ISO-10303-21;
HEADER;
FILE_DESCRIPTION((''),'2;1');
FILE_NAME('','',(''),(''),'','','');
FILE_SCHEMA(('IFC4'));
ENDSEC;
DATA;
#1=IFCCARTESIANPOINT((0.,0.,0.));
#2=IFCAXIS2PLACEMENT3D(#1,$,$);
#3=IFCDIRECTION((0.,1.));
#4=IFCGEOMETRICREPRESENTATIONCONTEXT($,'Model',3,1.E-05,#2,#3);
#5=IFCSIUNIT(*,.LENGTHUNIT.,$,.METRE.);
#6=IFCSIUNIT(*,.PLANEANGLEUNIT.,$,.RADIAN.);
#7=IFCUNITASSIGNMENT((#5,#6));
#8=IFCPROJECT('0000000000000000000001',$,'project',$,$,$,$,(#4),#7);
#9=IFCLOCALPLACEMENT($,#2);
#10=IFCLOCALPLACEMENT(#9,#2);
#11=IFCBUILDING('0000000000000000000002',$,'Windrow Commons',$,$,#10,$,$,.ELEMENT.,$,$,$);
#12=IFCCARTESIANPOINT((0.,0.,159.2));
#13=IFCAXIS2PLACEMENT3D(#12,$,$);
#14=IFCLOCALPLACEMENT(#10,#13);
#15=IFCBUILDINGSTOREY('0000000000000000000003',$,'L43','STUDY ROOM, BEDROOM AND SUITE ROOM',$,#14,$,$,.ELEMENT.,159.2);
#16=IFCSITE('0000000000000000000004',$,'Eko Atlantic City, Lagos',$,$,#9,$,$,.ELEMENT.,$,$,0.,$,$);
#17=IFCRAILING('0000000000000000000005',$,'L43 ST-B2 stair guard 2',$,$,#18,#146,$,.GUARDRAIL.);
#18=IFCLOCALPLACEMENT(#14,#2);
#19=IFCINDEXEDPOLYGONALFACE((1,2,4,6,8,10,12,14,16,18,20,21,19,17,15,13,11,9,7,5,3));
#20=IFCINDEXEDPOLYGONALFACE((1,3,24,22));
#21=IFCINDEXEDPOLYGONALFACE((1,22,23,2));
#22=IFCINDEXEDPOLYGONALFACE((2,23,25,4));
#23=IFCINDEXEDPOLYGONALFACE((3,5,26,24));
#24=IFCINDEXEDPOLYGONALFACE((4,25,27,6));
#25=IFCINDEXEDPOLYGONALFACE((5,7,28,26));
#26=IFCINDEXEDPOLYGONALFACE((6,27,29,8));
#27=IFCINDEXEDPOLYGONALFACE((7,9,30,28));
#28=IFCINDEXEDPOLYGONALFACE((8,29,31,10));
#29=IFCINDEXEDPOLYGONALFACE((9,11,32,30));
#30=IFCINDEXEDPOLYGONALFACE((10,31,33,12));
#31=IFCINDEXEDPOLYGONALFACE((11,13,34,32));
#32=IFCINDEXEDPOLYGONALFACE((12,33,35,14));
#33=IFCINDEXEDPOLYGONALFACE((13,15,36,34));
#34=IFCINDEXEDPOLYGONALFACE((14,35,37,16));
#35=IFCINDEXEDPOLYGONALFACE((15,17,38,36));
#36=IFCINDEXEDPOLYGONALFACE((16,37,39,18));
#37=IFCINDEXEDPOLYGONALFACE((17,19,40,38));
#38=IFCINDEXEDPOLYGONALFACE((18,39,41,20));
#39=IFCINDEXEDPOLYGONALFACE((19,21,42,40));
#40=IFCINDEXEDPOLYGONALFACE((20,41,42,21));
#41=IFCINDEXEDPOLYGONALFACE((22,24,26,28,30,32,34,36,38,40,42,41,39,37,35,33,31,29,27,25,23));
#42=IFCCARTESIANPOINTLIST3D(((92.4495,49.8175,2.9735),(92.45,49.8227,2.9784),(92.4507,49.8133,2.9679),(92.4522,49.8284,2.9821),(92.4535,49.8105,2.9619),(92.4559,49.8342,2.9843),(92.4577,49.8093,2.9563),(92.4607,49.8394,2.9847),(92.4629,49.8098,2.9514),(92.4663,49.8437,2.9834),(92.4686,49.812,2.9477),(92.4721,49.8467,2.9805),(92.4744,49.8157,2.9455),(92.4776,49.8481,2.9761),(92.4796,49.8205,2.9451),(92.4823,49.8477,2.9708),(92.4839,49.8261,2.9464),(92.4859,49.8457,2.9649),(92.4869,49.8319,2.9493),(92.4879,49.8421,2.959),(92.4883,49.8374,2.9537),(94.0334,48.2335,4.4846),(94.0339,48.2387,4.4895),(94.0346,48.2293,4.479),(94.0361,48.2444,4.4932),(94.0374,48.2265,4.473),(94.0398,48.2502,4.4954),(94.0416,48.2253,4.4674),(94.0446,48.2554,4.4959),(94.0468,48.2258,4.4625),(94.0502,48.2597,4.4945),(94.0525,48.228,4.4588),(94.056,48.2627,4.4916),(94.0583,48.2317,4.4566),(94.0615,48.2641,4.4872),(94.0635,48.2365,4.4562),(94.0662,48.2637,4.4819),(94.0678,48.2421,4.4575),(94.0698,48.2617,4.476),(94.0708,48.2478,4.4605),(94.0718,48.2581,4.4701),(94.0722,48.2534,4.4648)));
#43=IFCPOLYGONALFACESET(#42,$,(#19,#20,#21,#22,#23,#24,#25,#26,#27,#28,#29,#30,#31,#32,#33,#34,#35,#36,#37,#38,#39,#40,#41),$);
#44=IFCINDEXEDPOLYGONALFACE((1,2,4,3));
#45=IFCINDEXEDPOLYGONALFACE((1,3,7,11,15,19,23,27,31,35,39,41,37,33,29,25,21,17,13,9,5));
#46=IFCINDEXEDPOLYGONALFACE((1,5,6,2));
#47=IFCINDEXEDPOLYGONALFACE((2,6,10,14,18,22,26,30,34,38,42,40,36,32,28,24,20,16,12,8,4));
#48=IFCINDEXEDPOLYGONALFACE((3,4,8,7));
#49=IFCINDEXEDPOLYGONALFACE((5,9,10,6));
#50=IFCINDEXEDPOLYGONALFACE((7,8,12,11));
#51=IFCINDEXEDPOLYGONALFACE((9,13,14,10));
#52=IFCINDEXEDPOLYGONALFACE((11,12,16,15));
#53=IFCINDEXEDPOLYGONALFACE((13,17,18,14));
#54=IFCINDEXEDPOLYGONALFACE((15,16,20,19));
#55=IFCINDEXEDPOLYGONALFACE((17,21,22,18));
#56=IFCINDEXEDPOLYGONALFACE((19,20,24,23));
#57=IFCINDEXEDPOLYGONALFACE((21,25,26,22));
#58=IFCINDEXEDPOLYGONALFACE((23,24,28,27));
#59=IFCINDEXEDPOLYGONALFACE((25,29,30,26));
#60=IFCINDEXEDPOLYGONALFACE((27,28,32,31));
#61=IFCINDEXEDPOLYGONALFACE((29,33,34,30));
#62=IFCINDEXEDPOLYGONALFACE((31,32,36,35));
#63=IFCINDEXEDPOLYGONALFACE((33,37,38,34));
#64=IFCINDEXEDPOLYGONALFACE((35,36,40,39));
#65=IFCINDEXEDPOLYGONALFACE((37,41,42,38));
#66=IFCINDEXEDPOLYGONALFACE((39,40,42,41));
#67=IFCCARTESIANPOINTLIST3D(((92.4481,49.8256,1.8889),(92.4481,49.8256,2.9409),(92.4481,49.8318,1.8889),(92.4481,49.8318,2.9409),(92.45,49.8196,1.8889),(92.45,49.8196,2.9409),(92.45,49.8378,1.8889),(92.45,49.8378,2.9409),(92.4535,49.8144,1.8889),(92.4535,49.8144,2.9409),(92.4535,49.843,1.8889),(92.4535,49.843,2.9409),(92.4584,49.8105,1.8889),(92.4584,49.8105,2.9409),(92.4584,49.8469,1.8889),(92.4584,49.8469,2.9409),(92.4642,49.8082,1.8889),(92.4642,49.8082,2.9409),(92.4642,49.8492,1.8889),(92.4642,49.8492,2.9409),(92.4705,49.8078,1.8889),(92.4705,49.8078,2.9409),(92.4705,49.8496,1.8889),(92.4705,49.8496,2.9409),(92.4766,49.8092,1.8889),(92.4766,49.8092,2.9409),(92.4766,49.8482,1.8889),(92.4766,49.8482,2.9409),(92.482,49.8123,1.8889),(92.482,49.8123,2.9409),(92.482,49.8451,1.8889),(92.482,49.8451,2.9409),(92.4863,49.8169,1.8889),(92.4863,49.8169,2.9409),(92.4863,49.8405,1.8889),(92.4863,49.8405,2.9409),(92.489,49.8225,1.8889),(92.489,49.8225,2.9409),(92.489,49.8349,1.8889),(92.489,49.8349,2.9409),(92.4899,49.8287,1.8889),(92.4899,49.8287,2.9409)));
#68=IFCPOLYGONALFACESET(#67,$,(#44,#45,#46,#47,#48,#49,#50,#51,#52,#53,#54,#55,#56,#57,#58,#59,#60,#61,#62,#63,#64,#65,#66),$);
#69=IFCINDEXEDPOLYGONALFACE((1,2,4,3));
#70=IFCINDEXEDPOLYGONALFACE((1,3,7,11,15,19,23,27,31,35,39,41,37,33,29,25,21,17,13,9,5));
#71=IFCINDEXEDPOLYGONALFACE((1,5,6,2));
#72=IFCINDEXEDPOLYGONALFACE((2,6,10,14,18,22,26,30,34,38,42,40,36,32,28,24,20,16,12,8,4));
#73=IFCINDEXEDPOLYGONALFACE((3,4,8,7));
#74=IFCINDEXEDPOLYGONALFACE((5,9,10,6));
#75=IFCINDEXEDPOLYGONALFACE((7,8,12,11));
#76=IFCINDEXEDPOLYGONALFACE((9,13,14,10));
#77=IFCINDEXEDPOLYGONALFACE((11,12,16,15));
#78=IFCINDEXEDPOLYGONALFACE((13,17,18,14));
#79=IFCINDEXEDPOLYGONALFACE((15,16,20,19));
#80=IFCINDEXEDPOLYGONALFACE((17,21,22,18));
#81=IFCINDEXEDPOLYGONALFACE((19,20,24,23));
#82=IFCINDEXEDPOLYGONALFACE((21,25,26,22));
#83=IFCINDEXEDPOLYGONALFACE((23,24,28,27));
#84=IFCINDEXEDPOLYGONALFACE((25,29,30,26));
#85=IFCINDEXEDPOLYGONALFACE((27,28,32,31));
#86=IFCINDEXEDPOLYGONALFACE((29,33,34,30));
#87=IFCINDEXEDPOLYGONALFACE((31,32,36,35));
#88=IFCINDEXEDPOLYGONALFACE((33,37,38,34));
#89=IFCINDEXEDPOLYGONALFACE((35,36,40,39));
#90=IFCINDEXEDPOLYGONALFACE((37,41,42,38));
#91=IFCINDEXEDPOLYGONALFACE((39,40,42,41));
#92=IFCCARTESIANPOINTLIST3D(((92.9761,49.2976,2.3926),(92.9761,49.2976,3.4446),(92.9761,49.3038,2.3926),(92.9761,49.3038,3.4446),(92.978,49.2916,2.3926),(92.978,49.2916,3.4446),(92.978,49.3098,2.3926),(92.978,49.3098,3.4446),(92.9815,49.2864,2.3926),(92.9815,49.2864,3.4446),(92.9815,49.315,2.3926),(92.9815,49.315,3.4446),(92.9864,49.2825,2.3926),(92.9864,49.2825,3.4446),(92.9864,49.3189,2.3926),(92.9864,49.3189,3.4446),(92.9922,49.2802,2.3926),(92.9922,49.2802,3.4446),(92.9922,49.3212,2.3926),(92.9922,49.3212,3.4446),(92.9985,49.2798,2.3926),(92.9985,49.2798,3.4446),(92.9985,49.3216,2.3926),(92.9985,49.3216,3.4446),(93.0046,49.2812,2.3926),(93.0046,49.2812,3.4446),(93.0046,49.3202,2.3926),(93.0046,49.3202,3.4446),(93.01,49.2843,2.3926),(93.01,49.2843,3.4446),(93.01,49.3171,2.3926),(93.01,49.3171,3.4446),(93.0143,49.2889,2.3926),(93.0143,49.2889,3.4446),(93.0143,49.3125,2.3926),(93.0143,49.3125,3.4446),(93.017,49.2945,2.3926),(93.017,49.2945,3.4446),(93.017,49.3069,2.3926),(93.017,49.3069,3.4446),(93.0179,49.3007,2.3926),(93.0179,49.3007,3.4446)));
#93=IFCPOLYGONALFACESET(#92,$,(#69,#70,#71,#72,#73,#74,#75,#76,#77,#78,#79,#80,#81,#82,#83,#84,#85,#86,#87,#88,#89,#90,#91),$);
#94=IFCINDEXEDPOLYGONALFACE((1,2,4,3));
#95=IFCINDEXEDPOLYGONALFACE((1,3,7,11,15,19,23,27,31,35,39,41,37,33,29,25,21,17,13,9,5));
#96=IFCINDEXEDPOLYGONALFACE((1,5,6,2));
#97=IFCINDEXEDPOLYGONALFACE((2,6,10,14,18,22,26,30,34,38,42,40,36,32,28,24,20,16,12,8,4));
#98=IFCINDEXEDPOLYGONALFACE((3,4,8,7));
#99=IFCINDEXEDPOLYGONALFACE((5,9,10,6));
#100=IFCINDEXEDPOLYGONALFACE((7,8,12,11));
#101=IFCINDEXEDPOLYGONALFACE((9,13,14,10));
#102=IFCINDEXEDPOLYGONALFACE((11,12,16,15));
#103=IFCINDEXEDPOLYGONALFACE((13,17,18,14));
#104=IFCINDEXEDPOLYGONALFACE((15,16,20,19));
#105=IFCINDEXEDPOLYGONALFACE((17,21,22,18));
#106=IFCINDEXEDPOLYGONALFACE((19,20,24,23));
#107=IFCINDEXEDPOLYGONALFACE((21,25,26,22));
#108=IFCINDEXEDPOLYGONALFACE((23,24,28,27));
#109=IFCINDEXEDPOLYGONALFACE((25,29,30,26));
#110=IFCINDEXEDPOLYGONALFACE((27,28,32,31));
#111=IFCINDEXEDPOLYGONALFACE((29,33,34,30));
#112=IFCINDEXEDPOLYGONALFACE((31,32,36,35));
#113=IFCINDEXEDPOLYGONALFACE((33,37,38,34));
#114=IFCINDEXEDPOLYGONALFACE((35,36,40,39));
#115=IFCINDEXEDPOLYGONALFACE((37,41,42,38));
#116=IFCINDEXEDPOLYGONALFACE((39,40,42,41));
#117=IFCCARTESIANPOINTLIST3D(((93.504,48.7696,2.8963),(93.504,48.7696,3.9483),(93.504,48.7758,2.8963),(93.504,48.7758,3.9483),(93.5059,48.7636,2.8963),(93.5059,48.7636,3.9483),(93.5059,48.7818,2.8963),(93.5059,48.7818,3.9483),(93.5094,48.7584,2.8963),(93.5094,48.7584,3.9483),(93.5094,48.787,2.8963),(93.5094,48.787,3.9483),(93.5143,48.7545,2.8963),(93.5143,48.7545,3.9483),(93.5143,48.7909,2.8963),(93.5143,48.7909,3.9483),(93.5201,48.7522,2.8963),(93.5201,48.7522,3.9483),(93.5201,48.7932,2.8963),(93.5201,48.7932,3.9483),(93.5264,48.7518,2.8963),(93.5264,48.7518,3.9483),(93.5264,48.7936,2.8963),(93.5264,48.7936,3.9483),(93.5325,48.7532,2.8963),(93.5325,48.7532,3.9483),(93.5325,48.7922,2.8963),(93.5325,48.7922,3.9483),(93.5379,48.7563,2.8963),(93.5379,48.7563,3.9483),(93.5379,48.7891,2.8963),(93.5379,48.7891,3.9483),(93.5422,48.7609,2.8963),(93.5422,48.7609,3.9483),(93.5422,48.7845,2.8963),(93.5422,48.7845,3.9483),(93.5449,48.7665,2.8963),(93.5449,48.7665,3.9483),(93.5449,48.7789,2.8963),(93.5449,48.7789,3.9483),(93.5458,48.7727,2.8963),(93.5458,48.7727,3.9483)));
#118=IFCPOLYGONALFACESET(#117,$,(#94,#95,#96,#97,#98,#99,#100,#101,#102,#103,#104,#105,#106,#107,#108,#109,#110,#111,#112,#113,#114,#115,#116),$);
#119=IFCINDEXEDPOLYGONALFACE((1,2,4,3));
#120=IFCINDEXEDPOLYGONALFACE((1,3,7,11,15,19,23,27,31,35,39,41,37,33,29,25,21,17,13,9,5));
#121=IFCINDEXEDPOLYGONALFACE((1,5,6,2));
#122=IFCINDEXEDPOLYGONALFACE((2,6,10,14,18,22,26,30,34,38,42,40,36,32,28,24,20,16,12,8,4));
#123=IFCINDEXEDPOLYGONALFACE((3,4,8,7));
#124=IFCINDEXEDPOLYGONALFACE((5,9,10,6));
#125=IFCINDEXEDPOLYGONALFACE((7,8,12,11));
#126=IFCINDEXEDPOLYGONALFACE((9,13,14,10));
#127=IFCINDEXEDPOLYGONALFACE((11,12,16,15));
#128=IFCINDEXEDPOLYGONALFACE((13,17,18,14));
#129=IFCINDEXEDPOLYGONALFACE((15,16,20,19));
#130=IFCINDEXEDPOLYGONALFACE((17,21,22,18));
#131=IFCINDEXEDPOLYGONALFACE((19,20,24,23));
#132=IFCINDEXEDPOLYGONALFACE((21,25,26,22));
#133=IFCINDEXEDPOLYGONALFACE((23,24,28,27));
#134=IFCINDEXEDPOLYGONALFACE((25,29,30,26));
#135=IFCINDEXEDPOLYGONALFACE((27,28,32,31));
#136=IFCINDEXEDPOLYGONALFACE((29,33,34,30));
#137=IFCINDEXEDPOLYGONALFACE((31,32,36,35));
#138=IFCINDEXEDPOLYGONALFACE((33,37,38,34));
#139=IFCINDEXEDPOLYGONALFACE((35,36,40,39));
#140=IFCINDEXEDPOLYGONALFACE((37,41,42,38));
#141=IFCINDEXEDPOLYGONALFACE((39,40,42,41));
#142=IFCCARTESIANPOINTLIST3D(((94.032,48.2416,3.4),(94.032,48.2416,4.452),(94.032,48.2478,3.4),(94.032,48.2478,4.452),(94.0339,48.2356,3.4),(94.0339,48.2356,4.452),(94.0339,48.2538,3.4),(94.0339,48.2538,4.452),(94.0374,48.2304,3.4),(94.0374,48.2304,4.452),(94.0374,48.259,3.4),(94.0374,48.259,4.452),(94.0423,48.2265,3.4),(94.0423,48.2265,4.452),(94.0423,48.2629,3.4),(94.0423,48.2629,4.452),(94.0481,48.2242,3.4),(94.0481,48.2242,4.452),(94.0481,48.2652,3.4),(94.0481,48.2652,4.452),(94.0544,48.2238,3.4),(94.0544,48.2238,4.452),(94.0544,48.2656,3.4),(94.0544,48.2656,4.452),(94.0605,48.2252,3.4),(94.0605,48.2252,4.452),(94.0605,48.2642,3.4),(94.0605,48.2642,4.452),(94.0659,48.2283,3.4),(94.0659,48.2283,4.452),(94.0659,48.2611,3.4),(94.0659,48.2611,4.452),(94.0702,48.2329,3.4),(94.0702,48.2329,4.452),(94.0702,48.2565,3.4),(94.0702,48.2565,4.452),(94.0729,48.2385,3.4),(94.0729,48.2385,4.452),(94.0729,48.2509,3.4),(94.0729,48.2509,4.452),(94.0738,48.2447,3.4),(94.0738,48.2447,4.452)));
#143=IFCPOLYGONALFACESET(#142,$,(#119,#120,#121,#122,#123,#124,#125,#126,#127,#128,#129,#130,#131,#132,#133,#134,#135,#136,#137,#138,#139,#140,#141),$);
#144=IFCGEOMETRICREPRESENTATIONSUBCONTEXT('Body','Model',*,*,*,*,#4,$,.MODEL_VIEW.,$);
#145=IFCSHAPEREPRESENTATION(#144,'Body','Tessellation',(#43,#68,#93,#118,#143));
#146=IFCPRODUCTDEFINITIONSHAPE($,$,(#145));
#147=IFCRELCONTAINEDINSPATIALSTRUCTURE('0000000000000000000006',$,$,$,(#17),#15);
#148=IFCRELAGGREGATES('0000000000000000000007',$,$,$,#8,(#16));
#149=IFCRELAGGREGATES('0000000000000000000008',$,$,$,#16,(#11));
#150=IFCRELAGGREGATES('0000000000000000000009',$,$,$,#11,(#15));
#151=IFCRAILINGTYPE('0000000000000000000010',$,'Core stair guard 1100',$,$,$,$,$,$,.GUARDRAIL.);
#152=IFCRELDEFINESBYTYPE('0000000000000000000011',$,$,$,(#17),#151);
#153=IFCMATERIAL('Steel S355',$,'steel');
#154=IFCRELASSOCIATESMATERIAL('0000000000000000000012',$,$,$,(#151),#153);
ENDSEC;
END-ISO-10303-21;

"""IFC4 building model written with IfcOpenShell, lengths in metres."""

from ifc_helpers import new_model, si_unit, direction, frame, origin, origin_2d, place, context, subcontext, project, spatial, circle, extrude, material, type_object, element, save


model = new_model("IFC4")

# Units and contexts
model_context = context("Model", 3, precision=1e-05, world=origin(), true_north=direction((0.0, 1.0)))
body_context = subcontext(model_context, "Body", "Model", "MODEL_VIEW")
ifc_project = project(units=[si_unit("LENGTHUNIT", "METRE"), si_unit("PLANEANGLEUNIT", "RADIAN")], contexts=[model_context])

# Site, building, storey
site_placement = place(None, origin())
site = spatial("IfcSite", under=ifc_project, at=site_placement, Name="Eko Atlantic City, Lagos", CompositionType="ELEMENT", RefElevation=0.0)
building_placement = place(site_placement, origin())
building = spatial("IfcBuilding", under=site, at=building_placement, Name="Windrow Commons", CompositionType="ELEMENT")
storey_placement = place(building_placement, frame((0.0, 0.0, 159.2)))
storey = spatial("IfcBuildingStorey", under=building, at=storey_placement, Name="L43", Description="STUDY ROOM, BEDROOM AND SUITE ROOM", CompositionType="ELEMENT", Elevation=159.2)

# Railing
ifc_material_1 = material(Name="Steel S355", Category="steel")
railing_type_1 = type_object("IfcRailingType", Name="Core stair guard 1100", PredefinedType="GUARDRAIL", material=ifc_material_1)
railing_1_placement = place(storey_placement, frame((92.4689, 49.8287, 1.8889)))
element("IfcRailing", 1, at=railing_1_placement, inside=storey, type_object=railing_type_1, Name="L43 ST-B2 stair guard 2", PredefinedType="GUARDRAIL", context=body_context, shape_type="SweptSolid", body=[
    extrude(circle(Radius=0.024, at=origin_2d()), frame((0.0, 0.0, 1.076), z_axis=(0.586179, -0.586216, 0.559237), x_axis=(0.707129, 0.707084, 0.0)), (0.0, 0.0, 1.0), 2.7021),
    extrude(circle(Radius=0.021, at=origin_2d()), origin(), (0.0, 0.0, 1.0), 1.052),
    extrude(circle(Radius=0.021, at=origin_2d()), frame((0.528, -0.528, 0.5037)), (0.0, 0.0, 1.0), 1.052),
    extrude(circle(Radius=0.021, at=origin_2d()), frame((1.0559, -1.056, 1.0074)), (0.0, 0.0, 1.0), 1.052),
    extrude(circle(Radius=0.021, at=origin_2d()), frame((1.5839, -1.584, 1.5111)), (0.0, 0.0, 1.0), 1.052),
])

save(model, "model.ifc")
